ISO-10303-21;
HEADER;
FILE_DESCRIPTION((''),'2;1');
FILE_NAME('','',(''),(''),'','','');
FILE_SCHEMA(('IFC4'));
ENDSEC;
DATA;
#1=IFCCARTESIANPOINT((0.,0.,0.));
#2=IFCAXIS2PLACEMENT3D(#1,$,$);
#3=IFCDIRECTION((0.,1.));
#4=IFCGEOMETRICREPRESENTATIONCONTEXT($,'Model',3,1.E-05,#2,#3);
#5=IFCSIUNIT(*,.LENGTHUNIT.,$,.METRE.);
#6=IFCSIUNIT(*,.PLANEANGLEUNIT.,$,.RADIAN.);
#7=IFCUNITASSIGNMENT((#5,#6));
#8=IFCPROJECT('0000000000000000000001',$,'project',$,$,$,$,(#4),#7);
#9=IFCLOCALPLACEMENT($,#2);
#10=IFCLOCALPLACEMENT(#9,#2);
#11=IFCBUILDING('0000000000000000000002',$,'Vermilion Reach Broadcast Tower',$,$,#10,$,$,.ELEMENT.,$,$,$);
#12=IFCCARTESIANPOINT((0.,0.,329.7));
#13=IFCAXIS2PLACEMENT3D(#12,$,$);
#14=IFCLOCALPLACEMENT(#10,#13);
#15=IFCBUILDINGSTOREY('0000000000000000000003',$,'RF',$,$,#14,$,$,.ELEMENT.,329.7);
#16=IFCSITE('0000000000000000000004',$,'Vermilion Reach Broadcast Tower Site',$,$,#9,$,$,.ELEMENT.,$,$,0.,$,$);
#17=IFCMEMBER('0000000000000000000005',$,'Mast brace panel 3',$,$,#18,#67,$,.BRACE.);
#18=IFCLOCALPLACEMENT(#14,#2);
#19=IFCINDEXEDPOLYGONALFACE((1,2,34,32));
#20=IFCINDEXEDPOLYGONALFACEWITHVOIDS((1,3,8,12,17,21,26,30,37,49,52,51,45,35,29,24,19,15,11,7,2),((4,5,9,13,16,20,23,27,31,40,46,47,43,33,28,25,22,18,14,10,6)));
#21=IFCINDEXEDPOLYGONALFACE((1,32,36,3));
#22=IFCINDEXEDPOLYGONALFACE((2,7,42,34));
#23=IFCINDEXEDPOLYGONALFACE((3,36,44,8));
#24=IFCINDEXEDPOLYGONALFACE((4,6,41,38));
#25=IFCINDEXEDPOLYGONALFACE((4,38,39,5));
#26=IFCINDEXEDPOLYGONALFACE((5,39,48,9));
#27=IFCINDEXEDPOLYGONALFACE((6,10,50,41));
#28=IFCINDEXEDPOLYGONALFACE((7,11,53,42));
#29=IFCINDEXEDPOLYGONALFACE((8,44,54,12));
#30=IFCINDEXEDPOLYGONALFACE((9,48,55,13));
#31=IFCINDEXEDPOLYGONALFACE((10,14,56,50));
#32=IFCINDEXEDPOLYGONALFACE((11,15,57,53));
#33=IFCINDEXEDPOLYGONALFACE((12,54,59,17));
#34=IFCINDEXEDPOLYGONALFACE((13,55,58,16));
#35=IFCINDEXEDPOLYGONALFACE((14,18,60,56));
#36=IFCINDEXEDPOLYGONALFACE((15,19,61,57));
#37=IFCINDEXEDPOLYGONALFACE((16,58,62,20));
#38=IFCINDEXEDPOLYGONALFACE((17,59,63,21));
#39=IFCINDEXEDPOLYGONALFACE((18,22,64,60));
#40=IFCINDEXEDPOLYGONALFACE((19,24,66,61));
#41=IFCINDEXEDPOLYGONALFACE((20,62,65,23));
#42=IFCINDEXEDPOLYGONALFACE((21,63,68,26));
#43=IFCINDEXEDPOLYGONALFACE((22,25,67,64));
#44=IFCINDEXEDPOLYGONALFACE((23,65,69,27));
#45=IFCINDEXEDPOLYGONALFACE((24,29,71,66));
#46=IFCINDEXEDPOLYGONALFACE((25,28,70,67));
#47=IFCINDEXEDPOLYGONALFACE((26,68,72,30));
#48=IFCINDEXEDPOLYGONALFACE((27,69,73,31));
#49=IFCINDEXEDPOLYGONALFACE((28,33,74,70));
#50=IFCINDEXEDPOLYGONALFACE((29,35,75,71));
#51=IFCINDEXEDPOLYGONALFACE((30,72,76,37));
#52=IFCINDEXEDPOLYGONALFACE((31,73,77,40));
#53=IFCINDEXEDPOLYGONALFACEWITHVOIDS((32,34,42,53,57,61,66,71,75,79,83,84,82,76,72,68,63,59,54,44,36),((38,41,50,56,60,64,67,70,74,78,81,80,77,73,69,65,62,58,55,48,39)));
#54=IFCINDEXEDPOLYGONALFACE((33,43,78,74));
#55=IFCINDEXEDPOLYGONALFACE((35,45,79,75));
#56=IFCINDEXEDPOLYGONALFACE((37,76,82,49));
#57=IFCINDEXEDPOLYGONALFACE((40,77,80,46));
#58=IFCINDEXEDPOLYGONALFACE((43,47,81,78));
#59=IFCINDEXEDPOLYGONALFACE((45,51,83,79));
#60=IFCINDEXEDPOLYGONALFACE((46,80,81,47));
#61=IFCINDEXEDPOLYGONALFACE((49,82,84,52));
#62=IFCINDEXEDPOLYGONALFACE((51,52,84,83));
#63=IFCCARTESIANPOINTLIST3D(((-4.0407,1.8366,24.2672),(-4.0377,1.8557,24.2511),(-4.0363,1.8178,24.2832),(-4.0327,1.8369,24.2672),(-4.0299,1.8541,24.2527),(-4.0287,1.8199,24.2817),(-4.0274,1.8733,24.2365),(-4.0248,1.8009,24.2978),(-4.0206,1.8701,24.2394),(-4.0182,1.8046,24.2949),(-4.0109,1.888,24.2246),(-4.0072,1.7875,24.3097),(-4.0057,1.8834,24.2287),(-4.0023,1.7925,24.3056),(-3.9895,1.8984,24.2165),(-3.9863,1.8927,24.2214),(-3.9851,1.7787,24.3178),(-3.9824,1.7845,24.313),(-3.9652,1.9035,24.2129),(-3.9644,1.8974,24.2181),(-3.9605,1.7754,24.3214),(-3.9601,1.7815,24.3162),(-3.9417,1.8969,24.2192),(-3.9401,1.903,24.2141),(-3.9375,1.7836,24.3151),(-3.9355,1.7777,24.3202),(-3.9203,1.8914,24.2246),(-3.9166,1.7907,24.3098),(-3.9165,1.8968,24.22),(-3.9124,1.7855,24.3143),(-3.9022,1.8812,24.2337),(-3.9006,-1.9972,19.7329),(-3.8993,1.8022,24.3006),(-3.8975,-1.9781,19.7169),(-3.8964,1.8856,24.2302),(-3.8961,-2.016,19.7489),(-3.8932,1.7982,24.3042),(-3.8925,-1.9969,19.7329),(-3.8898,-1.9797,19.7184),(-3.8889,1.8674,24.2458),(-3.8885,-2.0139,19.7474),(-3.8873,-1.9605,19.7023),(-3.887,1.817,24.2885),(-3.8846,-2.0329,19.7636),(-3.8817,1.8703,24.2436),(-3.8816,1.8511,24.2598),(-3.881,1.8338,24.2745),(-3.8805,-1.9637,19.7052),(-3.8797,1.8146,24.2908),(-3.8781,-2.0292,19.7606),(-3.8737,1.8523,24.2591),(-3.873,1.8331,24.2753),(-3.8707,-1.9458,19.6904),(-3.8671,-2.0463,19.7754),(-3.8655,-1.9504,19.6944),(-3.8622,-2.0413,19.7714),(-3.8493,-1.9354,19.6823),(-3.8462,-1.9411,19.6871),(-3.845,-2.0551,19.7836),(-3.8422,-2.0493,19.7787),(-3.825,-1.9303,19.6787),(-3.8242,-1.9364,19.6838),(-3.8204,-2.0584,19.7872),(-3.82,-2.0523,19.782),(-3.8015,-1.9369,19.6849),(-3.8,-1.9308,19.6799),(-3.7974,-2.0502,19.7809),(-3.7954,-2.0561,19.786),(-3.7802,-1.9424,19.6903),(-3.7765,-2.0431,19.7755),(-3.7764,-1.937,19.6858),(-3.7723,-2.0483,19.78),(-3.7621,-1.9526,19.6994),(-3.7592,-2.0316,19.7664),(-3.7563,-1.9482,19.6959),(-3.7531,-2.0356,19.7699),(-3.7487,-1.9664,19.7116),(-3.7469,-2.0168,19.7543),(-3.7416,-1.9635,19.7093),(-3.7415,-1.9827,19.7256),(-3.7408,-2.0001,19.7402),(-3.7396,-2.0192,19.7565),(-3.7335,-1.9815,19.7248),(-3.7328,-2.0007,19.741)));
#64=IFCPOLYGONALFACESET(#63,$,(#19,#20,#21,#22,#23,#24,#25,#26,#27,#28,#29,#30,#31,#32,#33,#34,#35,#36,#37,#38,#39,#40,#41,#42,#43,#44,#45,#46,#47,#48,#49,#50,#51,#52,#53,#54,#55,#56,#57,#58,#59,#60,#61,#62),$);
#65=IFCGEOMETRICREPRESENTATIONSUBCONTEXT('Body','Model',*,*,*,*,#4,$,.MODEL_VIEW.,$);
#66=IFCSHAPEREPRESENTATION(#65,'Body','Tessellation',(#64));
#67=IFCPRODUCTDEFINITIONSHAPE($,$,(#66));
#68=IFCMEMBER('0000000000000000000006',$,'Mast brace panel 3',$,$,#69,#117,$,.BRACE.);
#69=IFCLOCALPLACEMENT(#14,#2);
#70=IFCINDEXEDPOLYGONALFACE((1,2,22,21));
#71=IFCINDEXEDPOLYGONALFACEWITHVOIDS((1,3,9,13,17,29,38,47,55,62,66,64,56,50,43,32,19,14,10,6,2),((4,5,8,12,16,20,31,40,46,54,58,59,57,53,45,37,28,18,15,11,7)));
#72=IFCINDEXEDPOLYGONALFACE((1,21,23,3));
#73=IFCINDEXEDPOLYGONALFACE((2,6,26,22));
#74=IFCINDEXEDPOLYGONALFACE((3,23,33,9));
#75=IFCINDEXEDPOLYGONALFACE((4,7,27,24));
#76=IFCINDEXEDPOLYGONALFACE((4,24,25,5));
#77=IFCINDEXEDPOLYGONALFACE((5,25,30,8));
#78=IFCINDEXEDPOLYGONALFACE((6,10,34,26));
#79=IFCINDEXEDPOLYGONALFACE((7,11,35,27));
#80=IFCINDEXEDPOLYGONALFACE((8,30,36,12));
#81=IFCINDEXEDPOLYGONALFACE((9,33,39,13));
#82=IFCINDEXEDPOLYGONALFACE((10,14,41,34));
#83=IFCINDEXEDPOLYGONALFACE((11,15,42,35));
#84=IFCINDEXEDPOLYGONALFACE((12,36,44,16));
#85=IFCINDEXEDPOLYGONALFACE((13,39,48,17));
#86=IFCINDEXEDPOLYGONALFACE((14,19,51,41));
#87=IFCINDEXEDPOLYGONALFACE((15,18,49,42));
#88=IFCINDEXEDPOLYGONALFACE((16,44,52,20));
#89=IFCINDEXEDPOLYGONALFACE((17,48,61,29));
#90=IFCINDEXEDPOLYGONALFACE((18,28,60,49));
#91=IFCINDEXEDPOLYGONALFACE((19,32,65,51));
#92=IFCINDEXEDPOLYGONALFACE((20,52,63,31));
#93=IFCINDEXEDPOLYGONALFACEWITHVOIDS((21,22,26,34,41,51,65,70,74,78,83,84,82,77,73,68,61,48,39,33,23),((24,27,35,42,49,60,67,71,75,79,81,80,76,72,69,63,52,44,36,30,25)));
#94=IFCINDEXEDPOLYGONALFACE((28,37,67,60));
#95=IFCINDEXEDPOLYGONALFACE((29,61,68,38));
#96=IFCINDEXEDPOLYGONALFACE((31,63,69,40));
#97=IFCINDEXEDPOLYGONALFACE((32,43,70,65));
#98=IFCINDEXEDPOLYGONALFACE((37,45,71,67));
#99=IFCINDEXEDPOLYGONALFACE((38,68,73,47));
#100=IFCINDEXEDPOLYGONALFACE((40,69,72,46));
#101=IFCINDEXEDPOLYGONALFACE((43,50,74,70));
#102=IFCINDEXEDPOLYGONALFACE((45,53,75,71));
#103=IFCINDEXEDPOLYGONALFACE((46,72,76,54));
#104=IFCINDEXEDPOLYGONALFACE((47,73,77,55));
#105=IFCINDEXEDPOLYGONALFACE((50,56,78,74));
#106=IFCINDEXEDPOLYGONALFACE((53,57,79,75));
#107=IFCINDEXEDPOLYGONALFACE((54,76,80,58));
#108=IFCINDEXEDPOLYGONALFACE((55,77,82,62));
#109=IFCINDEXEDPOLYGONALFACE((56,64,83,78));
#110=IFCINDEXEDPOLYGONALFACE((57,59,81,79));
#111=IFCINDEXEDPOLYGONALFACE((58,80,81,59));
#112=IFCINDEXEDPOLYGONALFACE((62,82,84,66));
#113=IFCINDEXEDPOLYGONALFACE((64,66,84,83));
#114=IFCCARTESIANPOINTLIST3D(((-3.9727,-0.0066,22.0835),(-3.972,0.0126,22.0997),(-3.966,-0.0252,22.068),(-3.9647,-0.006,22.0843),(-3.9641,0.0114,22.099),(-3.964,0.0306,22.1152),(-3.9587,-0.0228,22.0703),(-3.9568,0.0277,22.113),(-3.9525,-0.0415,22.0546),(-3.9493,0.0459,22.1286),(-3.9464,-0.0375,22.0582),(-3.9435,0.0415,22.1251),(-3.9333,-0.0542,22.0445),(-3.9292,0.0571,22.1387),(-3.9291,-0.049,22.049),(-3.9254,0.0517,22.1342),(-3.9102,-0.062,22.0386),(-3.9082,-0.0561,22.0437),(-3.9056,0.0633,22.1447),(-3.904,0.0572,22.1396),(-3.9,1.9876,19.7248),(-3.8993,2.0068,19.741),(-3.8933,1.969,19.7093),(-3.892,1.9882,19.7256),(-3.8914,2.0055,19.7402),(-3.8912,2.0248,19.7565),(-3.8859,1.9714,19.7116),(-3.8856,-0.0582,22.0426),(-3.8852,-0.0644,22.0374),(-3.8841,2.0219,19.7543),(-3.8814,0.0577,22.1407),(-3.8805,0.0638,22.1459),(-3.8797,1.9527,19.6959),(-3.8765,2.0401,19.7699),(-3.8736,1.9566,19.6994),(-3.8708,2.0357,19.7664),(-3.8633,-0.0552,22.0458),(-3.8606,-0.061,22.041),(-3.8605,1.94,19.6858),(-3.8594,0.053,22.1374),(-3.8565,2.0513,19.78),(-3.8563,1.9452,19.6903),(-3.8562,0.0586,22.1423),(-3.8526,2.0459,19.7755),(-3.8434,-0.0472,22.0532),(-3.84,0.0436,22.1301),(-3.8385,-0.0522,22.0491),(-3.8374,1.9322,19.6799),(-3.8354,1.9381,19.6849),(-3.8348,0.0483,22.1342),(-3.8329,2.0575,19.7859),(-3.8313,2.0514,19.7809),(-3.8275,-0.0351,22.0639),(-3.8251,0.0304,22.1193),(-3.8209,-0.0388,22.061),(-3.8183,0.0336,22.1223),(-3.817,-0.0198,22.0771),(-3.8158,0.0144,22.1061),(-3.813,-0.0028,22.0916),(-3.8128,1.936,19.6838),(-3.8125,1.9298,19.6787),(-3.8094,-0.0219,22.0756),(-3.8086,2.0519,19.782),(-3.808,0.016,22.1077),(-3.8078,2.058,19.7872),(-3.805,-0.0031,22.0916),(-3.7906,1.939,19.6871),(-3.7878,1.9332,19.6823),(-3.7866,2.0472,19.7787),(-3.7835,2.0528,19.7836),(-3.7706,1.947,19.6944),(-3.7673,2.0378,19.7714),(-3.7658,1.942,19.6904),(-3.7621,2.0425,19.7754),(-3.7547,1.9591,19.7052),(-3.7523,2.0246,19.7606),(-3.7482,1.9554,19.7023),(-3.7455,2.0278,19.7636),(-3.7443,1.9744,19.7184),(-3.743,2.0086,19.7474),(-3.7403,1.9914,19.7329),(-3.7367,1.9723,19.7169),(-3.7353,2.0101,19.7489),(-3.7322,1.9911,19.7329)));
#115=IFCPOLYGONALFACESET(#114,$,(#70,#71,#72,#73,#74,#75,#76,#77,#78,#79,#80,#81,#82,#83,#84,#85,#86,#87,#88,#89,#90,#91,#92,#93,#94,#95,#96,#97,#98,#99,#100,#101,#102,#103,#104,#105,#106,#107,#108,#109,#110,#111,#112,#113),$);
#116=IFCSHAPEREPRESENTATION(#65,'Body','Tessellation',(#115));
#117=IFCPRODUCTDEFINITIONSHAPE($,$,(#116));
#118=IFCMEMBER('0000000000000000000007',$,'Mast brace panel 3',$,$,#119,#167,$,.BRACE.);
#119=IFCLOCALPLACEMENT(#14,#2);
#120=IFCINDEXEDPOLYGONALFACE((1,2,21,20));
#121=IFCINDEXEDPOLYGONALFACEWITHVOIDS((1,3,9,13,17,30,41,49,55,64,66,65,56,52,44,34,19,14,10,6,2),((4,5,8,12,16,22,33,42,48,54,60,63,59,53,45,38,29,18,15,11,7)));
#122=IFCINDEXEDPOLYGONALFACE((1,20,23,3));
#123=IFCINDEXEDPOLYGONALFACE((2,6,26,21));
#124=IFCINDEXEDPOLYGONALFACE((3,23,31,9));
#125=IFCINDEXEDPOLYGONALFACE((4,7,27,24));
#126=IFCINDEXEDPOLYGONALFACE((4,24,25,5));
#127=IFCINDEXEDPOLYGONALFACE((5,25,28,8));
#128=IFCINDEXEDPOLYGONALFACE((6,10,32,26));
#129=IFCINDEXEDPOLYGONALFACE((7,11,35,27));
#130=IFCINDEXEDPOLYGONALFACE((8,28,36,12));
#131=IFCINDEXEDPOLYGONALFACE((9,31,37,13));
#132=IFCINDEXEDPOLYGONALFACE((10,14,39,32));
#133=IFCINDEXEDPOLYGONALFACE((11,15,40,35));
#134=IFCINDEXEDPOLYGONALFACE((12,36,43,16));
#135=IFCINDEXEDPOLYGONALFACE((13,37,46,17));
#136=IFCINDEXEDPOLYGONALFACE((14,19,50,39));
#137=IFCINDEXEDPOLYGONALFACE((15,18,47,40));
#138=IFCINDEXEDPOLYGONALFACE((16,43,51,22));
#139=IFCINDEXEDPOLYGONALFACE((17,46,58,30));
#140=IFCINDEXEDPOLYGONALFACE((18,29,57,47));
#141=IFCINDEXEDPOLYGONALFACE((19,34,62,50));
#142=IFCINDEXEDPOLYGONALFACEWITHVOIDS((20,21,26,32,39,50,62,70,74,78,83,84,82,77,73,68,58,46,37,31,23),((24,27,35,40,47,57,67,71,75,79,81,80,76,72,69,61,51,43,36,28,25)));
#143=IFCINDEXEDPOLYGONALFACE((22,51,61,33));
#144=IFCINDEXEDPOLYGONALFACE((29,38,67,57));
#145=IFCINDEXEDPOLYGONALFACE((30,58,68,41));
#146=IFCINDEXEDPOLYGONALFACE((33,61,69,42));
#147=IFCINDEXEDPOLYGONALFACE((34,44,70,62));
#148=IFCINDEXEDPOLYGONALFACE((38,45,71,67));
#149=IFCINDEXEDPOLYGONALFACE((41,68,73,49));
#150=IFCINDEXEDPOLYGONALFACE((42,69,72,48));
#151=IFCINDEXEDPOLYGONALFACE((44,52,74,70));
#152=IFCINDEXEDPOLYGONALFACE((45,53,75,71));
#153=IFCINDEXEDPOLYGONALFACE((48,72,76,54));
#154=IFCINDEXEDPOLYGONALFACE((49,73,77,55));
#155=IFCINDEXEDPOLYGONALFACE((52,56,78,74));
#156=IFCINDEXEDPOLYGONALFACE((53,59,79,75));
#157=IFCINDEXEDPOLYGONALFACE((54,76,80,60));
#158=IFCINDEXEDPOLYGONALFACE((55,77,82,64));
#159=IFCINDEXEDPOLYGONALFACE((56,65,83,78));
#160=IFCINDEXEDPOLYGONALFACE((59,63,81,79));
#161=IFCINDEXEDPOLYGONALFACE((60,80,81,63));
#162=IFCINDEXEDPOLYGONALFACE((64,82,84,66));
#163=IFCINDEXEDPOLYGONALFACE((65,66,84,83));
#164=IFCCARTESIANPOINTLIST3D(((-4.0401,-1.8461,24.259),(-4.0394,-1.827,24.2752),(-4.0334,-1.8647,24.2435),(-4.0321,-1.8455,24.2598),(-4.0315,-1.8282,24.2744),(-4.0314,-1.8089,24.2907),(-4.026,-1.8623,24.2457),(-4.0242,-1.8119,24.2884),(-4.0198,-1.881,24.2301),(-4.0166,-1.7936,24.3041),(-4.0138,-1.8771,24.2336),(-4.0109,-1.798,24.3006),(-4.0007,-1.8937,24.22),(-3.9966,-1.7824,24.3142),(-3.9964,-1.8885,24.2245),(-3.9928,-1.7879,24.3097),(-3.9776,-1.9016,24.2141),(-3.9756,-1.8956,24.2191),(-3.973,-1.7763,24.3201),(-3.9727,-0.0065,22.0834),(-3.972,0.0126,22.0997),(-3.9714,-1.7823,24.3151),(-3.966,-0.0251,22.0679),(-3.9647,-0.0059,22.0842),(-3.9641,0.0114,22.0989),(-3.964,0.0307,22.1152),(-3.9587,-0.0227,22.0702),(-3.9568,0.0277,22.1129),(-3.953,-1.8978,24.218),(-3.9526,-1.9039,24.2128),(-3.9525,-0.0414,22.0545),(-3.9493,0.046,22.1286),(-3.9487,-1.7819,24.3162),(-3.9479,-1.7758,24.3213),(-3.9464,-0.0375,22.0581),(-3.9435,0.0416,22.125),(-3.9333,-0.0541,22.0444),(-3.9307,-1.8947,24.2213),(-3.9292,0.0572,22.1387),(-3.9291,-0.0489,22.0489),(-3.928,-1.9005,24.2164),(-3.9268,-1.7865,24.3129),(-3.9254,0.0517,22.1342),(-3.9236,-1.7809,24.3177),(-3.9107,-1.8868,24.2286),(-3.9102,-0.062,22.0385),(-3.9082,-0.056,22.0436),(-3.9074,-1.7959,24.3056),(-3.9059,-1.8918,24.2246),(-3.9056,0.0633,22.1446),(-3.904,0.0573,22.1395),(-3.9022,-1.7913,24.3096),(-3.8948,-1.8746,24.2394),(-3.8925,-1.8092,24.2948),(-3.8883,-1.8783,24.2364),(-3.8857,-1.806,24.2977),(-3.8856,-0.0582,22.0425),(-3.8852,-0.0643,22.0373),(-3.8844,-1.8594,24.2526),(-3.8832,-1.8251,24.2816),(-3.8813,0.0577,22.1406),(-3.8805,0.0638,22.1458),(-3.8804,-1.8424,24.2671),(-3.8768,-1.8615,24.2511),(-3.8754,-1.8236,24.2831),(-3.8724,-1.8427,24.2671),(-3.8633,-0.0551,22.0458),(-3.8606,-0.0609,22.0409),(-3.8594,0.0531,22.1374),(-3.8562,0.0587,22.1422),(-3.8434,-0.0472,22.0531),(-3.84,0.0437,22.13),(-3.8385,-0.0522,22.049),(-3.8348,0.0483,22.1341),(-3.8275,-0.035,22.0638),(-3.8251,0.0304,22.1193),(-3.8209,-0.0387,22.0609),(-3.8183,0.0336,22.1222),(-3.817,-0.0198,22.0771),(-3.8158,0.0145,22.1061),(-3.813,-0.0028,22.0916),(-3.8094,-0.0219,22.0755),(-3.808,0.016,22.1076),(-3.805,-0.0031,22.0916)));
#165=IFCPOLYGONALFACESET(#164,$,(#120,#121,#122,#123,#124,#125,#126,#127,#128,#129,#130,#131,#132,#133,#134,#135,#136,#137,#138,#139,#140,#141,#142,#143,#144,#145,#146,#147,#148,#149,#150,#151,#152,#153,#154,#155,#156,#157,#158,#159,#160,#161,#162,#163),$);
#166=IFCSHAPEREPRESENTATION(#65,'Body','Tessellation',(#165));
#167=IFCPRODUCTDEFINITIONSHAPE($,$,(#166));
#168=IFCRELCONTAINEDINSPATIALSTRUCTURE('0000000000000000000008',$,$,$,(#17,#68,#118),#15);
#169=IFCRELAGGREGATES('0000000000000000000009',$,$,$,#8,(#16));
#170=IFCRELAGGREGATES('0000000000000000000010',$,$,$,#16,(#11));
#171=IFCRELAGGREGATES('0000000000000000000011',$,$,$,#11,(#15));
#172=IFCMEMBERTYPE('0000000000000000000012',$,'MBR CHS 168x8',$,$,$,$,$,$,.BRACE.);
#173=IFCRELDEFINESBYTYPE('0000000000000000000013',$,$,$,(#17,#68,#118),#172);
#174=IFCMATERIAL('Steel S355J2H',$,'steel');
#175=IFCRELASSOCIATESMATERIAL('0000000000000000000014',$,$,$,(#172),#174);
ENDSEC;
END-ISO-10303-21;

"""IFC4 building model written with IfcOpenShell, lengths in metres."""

from ifc_helpers import new_model, si_unit, direction, frame, origin, origin_2d, place, context, subcontext, project, spatial, hollow_circle, extrude, material, material_profile, profile_set, type_object, element, save


model = new_model("IFC4")

# Units and contexts
model_context = context("Model", 3, precision=1e-05, world=origin(), true_north=direction((0.0, 1.0)))
body_context = subcontext(model_context, "Body", "Model", "MODEL_VIEW")
ifc_project = project(units=[si_unit("LENGTHUNIT", "METRE"), si_unit("PLANEANGLEUNIT", "RADIAN")], contexts=[model_context])

# Site, building, storey
site_placement = place(None, origin())
site = spatial("IfcSite", under=ifc_project, at=site_placement, Name="Vermilion Reach Broadcast Tower Site", CompositionType="ELEMENT", RefElevation=0.0)
building_placement = place(site_placement, origin())
building = spatial("IfcBuilding", under=site, at=building_placement, Name="Vermilion Reach Broadcast Tower", CompositionType="ELEMENT")
storey_placement = place(building_placement, frame((0.0, 0.0, 329.7)))
storey = spatial("IfcBuildingStorey", under=building, at=storey_placement, Name="RF", CompositionType="ELEMENT", Elevation=329.7)

# Members
ifc_material_1 = material(Name="Steel S355J2H", Category="steel")
ifc_material_profile_1 = material_profile(ifc_material_1, hollow_circle(Radius=0.0842, WallThickness=0.0081, at=origin_2d()), Name="S355J2H CHS 168x8")
ifc_profile_set_1 = profile_set([ifc_material_profile_1], Name="Steel S355J2H")
member_type_1 = type_object("IfcMemberType", Name="MBR CHS 168x8", PredefinedType="BRACE", material=ifc_profile_set_1)
member_1_placement = place(storey_placement, frame((-3.8164, -1.9941, 19.7329), z_axis=(-0.023595, 0.64548, 0.763412), x_axis=(-0.999333, -0.036529, 0.0)))
element("IfcMember", 1, at=member_1_placement, inside=storey, type_object=member_type_1, Name="Mast brace panel 3", PredefinedType="BRACE", context=body_context, shape_type="SweptSolid", body=[
    extrude(hollow_circle(Radius=0.0842, WallThickness=0.0081, at=origin_2d()), origin(), (0.0, 0.0, 1.0), 5.9395),
])
member_2_placement = place(storey_placement, frame((-3.8164, 1.9941, 19.7329), z_axis=(-0.023549, -0.645455, 0.763435), x_axis=(0.999335, -0.03646, 0.0)))
element("IfcMember", 2, at=member_2_placement, inside=storey, type_object=member_type_1, Name="Mast brace panel 3", PredefinedType="BRACE", context=body_context, shape_type="SweptSolid", body=[
    extrude(hollow_circle(Radius=0.0842, WallThickness=0.0081, at=origin_2d()), origin(), (0.0, 0.0, 1.0), 3.0896),
])
member_3_placement = place(storey_placement, frame((-3.8892, 0.0, 22.0916), z_axis=(-0.023644, -0.645508, 0.763387), x_axis=(0.99933, -0.036605, 0.0)))
element("IfcMember", 3, at=member_3_placement, inside=storey, type_object=member_type_1, Name="Mast brace panel 3", PredefinedType="BRACE", context=body_context, shape_type="SweptSolid", body=[
    extrude(hollow_circle(Radius=0.0842, WallThickness=0.0081, at=origin_2d()), origin(), (0.0, 0.0, 1.0), 2.8499),
])

save(model, "model.ifc")
